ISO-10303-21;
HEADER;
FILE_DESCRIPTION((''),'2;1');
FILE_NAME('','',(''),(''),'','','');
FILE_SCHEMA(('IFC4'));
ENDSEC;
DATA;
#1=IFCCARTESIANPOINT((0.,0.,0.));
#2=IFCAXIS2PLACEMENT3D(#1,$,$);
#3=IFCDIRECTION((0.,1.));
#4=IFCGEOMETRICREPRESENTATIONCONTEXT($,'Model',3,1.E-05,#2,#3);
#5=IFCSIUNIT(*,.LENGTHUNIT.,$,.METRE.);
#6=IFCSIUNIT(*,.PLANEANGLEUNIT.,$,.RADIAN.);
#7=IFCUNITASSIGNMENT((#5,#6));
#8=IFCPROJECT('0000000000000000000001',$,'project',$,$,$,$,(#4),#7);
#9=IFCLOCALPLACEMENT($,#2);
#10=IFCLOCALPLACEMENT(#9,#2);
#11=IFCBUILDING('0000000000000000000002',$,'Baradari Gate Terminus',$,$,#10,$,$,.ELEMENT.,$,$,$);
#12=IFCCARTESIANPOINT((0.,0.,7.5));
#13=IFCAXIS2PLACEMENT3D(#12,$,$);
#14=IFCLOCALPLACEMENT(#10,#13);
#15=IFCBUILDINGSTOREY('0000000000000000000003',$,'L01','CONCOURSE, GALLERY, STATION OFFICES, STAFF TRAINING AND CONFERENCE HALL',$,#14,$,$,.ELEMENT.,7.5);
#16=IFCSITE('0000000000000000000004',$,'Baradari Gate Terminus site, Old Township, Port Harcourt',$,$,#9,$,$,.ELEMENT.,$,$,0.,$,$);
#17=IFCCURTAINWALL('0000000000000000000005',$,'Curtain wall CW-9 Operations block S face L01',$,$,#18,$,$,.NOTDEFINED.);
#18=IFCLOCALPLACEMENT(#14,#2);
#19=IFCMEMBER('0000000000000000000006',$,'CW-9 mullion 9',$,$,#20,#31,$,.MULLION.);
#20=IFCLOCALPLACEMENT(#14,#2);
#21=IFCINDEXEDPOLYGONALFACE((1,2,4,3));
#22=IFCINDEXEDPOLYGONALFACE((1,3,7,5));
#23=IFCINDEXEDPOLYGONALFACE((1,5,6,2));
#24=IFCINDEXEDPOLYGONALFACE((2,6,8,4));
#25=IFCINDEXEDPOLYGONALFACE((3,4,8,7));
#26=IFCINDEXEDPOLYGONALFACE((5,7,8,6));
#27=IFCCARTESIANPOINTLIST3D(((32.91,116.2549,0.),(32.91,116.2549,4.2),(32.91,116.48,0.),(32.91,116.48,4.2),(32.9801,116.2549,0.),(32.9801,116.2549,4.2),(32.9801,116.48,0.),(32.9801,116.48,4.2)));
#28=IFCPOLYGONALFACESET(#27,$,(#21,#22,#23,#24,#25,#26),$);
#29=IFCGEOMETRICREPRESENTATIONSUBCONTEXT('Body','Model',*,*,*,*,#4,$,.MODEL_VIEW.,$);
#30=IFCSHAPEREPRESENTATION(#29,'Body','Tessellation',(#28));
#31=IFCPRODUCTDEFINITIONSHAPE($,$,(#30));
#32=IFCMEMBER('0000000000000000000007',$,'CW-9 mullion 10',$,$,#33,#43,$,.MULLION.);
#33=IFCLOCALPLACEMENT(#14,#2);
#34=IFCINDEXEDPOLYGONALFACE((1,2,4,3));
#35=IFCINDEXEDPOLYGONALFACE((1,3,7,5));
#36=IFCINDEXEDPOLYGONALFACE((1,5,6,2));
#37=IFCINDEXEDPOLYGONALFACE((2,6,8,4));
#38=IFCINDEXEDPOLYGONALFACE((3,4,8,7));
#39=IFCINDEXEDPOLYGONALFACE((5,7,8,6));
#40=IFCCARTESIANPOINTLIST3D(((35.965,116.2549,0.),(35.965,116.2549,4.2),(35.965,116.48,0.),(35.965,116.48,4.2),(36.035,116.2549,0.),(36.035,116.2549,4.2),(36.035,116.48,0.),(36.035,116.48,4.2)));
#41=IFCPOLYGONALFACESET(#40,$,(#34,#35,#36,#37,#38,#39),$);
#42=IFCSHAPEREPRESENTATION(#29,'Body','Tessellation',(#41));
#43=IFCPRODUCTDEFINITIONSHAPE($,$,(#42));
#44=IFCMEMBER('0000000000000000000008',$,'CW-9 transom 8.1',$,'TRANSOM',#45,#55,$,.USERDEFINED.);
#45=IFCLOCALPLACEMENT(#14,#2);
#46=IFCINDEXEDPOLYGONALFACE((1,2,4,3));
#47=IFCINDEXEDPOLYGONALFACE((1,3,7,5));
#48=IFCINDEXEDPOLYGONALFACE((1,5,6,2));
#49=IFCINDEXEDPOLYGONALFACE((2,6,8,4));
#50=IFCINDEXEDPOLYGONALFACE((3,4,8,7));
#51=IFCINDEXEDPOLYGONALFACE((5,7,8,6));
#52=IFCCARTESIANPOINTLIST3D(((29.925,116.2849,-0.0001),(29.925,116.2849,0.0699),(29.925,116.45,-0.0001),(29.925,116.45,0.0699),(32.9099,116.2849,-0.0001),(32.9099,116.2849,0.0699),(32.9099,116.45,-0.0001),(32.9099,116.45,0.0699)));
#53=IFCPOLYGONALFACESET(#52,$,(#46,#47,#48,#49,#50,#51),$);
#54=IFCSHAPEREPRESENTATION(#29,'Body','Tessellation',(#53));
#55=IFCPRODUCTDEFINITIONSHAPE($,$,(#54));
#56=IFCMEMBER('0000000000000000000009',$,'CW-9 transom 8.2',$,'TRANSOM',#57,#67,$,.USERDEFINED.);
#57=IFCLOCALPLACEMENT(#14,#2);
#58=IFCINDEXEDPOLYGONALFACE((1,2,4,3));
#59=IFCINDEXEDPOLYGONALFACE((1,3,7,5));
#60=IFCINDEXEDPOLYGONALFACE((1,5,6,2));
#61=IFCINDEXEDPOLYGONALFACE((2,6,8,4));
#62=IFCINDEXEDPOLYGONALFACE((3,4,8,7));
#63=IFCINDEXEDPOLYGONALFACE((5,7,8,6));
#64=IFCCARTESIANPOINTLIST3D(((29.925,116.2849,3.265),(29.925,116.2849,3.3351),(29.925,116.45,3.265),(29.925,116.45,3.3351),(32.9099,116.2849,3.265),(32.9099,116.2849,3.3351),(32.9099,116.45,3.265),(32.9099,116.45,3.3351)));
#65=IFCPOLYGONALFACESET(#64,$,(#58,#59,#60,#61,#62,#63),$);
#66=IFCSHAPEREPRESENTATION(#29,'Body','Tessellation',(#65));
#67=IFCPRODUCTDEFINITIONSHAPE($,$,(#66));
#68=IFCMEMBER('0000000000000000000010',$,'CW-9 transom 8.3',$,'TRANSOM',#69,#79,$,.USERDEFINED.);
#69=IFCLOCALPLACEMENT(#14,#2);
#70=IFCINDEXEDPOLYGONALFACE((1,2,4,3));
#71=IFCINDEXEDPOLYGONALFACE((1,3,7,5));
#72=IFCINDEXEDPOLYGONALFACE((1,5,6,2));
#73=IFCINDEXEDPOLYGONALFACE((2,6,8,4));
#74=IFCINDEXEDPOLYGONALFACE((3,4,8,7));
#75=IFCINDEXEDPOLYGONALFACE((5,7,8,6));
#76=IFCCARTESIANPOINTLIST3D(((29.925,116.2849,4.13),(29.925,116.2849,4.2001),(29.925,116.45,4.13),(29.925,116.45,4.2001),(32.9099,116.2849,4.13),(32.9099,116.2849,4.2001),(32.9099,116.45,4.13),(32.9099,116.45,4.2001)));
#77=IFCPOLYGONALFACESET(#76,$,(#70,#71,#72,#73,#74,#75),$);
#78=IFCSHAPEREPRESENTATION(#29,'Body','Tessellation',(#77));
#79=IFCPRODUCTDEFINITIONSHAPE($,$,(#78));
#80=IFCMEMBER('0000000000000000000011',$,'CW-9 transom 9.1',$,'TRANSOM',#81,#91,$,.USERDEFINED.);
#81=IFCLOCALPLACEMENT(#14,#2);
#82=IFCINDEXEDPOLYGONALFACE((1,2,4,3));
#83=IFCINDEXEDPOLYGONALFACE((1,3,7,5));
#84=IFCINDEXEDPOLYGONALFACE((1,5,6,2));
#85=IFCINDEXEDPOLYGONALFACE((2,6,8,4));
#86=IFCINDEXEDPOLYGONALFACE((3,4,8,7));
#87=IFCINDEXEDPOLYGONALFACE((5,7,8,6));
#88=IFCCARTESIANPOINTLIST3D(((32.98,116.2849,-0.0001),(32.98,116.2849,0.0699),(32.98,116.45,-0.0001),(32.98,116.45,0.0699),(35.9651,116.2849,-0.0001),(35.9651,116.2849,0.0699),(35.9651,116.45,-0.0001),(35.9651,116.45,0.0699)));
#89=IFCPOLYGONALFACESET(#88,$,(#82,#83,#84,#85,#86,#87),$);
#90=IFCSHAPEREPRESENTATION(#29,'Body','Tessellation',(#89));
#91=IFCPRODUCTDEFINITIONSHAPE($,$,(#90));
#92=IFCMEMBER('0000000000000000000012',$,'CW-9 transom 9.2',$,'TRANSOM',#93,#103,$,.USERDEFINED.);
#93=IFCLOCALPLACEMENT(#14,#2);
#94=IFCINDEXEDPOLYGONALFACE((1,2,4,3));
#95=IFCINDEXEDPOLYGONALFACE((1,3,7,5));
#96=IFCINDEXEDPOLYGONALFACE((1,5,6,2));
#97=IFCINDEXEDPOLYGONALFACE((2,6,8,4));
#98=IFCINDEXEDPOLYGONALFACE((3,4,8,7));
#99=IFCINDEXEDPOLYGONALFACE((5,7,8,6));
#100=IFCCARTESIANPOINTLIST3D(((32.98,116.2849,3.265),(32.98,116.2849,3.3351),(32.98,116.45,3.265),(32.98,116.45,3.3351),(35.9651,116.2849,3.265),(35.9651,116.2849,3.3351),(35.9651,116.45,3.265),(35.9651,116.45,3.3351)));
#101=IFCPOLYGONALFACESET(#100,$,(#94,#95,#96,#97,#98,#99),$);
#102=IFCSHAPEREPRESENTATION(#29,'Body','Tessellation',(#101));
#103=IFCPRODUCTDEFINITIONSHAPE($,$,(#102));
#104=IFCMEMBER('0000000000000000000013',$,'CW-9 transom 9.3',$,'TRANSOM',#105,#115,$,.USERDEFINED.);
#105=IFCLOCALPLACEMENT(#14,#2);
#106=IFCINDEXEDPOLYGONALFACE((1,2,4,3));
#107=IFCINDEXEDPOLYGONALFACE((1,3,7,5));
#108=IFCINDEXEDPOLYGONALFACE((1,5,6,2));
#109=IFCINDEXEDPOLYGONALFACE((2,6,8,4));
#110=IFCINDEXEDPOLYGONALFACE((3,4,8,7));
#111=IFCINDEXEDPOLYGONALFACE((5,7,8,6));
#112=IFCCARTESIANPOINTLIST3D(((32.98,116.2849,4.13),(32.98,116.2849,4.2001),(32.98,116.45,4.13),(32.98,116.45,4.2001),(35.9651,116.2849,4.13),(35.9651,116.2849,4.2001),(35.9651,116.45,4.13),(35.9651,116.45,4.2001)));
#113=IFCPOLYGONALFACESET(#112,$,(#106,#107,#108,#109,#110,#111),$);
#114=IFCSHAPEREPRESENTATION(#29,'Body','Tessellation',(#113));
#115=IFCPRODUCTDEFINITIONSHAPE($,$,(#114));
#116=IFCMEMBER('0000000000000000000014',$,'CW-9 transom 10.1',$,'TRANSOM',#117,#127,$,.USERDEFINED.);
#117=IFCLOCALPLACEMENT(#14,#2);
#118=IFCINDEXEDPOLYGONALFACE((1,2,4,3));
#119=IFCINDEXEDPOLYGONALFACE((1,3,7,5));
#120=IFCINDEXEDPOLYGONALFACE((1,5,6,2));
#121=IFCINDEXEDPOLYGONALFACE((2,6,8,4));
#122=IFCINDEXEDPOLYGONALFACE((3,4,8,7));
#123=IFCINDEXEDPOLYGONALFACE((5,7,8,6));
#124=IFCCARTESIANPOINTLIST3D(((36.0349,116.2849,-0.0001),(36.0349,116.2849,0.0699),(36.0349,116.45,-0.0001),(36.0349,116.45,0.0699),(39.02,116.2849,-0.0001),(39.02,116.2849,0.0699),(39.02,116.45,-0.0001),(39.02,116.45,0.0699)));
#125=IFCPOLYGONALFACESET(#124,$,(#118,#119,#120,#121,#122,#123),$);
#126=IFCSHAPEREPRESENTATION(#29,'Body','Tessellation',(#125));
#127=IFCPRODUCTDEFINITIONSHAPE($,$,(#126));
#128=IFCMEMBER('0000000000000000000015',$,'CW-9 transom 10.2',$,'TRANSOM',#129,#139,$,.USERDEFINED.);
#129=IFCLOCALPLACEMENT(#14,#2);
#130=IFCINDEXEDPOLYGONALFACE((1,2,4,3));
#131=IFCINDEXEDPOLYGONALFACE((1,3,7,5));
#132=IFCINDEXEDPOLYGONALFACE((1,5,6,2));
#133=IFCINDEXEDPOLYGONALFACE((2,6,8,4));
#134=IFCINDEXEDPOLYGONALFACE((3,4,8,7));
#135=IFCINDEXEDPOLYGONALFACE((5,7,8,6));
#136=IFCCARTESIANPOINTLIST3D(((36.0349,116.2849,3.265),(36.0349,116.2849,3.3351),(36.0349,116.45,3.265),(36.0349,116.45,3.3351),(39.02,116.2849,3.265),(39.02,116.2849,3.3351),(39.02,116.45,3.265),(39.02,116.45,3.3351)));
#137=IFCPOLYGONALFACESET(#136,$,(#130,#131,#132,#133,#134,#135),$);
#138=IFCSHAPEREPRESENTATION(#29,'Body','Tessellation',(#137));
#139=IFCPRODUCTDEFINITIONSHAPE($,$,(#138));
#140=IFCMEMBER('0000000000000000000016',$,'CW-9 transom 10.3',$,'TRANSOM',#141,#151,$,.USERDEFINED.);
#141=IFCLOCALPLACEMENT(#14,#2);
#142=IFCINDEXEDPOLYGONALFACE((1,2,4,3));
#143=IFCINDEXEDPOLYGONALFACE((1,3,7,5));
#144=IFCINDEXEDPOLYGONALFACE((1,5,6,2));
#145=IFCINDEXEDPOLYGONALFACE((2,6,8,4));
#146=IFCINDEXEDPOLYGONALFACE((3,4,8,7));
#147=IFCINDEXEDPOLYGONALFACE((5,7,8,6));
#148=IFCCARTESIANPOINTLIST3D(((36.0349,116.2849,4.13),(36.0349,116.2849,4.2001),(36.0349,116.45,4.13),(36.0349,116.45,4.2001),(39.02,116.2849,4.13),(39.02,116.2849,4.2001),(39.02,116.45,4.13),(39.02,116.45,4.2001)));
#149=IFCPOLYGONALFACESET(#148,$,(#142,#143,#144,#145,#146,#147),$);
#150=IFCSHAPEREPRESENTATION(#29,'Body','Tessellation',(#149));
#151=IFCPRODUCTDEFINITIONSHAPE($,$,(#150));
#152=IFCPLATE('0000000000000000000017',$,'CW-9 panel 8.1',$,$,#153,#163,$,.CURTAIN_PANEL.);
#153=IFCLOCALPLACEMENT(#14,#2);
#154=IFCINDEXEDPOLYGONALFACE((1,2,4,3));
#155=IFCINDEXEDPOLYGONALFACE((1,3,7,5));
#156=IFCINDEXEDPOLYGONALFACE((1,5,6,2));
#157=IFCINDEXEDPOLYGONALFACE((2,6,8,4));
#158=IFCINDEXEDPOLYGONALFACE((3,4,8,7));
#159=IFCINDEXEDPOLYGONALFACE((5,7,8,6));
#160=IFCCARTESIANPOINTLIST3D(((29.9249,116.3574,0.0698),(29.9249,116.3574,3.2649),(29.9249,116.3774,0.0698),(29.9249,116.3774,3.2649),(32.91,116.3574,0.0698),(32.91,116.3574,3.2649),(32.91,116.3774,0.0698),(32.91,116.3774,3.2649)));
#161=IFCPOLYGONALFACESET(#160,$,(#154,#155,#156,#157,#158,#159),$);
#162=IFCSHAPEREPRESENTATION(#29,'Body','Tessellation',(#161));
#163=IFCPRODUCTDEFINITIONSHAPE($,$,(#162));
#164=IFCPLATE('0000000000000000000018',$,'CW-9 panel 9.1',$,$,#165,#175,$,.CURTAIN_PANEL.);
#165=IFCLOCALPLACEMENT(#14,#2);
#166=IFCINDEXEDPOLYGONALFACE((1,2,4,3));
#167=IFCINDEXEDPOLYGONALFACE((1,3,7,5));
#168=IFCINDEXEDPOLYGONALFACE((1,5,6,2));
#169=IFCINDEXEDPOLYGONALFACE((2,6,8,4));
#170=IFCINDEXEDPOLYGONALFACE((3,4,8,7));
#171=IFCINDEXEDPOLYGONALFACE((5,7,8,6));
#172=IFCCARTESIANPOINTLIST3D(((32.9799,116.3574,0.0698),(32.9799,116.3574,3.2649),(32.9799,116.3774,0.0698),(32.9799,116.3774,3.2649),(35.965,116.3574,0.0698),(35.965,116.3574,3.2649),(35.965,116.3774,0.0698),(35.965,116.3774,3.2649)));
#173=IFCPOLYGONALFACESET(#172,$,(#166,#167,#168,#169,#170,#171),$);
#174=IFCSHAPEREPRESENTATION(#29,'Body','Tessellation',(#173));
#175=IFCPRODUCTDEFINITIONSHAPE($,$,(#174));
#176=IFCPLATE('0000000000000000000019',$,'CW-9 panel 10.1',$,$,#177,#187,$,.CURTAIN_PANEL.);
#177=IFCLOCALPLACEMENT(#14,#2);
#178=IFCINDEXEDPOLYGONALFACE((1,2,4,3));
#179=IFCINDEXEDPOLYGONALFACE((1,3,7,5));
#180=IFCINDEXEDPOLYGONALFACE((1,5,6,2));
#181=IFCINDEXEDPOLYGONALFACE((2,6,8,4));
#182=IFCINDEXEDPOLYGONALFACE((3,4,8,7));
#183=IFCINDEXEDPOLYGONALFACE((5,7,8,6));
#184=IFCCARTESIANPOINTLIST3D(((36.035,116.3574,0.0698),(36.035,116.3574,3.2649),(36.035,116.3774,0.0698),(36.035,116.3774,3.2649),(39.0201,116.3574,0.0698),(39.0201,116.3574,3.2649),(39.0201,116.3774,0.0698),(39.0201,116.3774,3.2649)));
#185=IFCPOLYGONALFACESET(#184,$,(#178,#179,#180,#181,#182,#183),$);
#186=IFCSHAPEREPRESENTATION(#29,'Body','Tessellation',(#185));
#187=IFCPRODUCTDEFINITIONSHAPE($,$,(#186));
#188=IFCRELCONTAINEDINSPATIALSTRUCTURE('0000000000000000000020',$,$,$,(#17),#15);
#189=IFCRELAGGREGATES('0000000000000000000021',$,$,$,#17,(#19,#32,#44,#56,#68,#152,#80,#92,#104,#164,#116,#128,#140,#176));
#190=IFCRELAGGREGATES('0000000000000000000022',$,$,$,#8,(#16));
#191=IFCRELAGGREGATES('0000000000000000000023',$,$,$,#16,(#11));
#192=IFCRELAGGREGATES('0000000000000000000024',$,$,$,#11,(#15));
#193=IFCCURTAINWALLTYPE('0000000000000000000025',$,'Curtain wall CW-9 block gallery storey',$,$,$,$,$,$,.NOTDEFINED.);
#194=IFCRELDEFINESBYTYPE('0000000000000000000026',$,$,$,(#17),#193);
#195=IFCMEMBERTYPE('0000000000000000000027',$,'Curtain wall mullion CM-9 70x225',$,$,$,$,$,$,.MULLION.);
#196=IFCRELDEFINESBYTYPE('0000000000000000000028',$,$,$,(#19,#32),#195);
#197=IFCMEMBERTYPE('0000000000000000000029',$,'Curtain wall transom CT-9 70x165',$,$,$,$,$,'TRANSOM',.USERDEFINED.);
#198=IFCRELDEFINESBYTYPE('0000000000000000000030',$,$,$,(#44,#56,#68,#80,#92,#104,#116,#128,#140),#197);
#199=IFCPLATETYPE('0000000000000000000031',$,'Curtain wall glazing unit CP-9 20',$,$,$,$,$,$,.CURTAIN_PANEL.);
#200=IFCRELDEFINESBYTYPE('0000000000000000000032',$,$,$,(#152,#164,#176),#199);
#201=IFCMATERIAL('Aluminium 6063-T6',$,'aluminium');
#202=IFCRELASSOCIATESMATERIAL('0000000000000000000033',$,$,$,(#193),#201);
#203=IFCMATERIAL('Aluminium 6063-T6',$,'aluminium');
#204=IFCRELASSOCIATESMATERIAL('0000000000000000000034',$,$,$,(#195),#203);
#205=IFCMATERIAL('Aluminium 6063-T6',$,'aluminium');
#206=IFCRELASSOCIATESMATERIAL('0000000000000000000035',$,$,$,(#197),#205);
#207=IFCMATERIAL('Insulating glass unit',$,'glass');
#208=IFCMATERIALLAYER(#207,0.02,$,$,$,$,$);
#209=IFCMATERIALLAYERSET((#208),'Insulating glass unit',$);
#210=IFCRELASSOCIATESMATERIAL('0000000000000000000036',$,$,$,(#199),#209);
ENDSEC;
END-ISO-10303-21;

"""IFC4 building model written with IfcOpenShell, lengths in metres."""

from ifc_helpers import new_model, si_unit, direction, frame, origin, origin_2d, place, context, subcontext, project, spatial, rectangle, extrude, material, layer, layer_set, material_profile, profile_set, type_object, element, aggregate, save


model = new_model("IFC4")

# Units and contexts
model_context = context("Model", 3, precision=1e-05, world=origin(), true_north=direction((0.0, 1.0)))
body_context = subcontext(model_context, "Body", "Model", "MODEL_VIEW")
ifc_project = project(units=[si_unit("LENGTHUNIT", "METRE"), si_unit("PLANEANGLEUNIT", "RADIAN")], contexts=[model_context])

# Site, building, storey
site_placement = place(None, origin())
site = spatial("IfcSite", under=ifc_project, at=site_placement, Name="Baradari Gate Terminus site, Old Township, Port Harcourt", CompositionType="ELEMENT", RefElevation=0.0)
building_placement = place(site_placement, origin())
building = spatial("IfcBuilding", under=site, at=building_placement, Name="Baradari Gate Terminus", CompositionType="ELEMENT")
storey_placement = place(building_placement, frame((0.0, 0.0, 7.5)))
storey = spatial("IfcBuildingStorey", under=building, at=storey_placement, Name="L01", Description="CONCOURSE, GALLERY, STATION OFFICES, STAFF TRAINING AND CONFERENCE HALL", CompositionType="ELEMENT", Elevation=7.5)

# Curtain wall, members, plates
ifc_material_1 = material(Name="Aluminium 6063-T6", Category="aluminium")
curtain_wall_type = type_object("IfcCurtainWallType", Name="Curtain wall CW-9 block gallery storey", PredefinedType="NOTDEFINED", material=ifc_material_1)
curtain_wall_placement = place(storey_placement, origin())
curtain_wall = element("IfcCurtainWall", 1, at=curtain_wall_placement, inside=storey, type_object=curtain_wall_type, Name="Curtain wall CW-9 Operations block S face L01", PredefinedType="NOTDEFINED")
ifc_material_2 = material(Name="Aluminium 6063-T6", Category="aluminium")
ifc_material_profile_1 = material_profile(ifc_material_2, rectangle(XDim=0.2251, YDim=0.0701, at=origin_2d()), Name="CM-9 70X225")
ifc_profile_set_1 = profile_set([ifc_material_profile_1], Name="Aluminium 6063-T6")
member_type_1 = type_object("IfcMemberType", Name="Curtain wall mullion CM-9 70x225", PredefinedType="MULLION", material=ifc_profile_set_1)
member_1_placement = place(storey_placement, frame((32.9451, 116.3674, 0.0), z_axis=(0.0, 0.0, 1.0), x_axis=(0.0, 1.0, 0.0)))
member_1 = element("IfcMember", 2, at=member_1_placement, type_object=member_type_1, Name="CW-9 mullion 9", PredefinedType="MULLION", context=body_context, shape_type="SweptSolid", body=[
    extrude(rectangle(XDim=0.2251, YDim=0.0701, at=origin_2d()), origin(), (0.0, 0.0, 1.0), 4.2),
])
member_2_placement = place(storey_placement, frame((36.0, 116.3674, 0.0), z_axis=(0.0, 0.0, 1.0), x_axis=(0.0, 1.0, 0.0)))
member_2 = element("IfcMember", 3, at=member_2_placement, type_object=member_type_1, Name="CW-9 mullion 10", PredefinedType="MULLION", context=body_context, shape_type="SweptSolid", body=[
    extrude(rectangle(XDim=0.2251, YDim=0.0701, at=origin_2d()), origin(), (0.0, 0.0, 1.0), 4.2),
])
ifc_material_3 = material(Name="Aluminium 6063-T6", Category="aluminium")
ifc_material_profile_2 = material_profile(ifc_material_3, rectangle(XDim=0.165, YDim=0.0701, at=origin_2d()), Name="CT-9 70X165")
ifc_profile_set_2 = profile_set([ifc_material_profile_2], Name="Aluminium 6063-T6")
member_type_2 = type_object("IfcMemberType", Name="Curtain wall transom CT-9 70x165", ElementType="TRANSOM", PredefinedType="USERDEFINED", material=ifc_profile_set_2)
member_3_placement = place(storey_placement, frame((29.925, 116.3674, 0.0349), z_axis=(1.0, 0.0, 0.0), x_axis=(0.0, 1.0, 0.0)))
member_3 = element("IfcMember", 4, at=member_3_placement, type_object=member_type_2, Name="CW-9 transom 8.1", ObjectType="TRANSOM", PredefinedType="USERDEFINED", context=body_context, shape_type="SweptSolid", body=[
    extrude(rectangle(XDim=0.165, YDim=0.0701, at=origin_2d()), origin(), (0.0, 0.0, 1.0), 2.9849),
])
member_4_placement = place(storey_placement, frame((29.925, 116.3674, 3.3), z_axis=(1.0, 0.0, 0.0), x_axis=(0.0, 1.0, 0.0)))
member_4 = element("IfcMember", 5, at=member_4_placement, type_object=member_type_2, Name="CW-9 transom 8.2", ObjectType="TRANSOM", PredefinedType="USERDEFINED", context=body_context, shape_type="SweptSolid", body=[
    extrude(rectangle(XDim=0.165, YDim=0.0701, at=origin_2d()), origin(), (0.0, 0.0, 1.0), 2.9849),
])
member_5_placement = place(storey_placement, frame((29.925, 116.3674, 4.165), z_axis=(1.0, 0.0, 0.0), x_axis=(0.0, 1.0, 0.0)))
member_5 = element("IfcMember", 6, at=member_5_placement, type_object=member_type_2, Name="CW-9 transom 8.3", ObjectType="TRANSOM", PredefinedType="USERDEFINED", context=body_context, shape_type="SweptSolid", body=[
    extrude(rectangle(XDim=0.165, YDim=0.0701, at=origin_2d()), origin(), (0.0, 0.0, 1.0), 2.9849),
])
member_6_placement = place(storey_placement, frame((32.98, 116.3674, 0.0349), z_axis=(1.0, 0.0, 0.0), x_axis=(0.0, 1.0, 0.0)))
member_6 = element("IfcMember", 7, at=member_6_placement, type_object=member_type_2, Name="CW-9 transom 9.1", ObjectType="TRANSOM", PredefinedType="USERDEFINED", context=body_context, shape_type="SweptSolid", body=[
    extrude(rectangle(XDim=0.165, YDim=0.0701, at=origin_2d()), origin(), (0.0, 0.0, 1.0), 2.9851),
])
member_7_placement = place(storey_placement, frame((32.98, 116.3674, 3.3), z_axis=(1.0, 0.0, 0.0), x_axis=(0.0, 1.0, 0.0)))
member_7 = element("IfcMember", 8, at=member_7_placement, type_object=member_type_2, Name="CW-9 transom 9.2", ObjectType="TRANSOM", PredefinedType="USERDEFINED", context=body_context, shape_type="SweptSolid", body=[
    extrude(rectangle(XDim=0.165, YDim=0.0701, at=origin_2d()), origin(), (0.0, 0.0, 1.0), 2.9851),
])
member_8_placement = place(storey_placement, frame((32.98, 116.3674, 4.165), z_axis=(1.0, 0.0, 0.0), x_axis=(0.0, 1.0, 0.0)))
member_8 = element("IfcMember", 9, at=member_8_placement, type_object=member_type_2, Name="CW-9 transom 9.3", ObjectType="TRANSOM", PredefinedType="USERDEFINED", context=body_context, shape_type="SweptSolid", body=[
    extrude(rectangle(XDim=0.165, YDim=0.0701, at=origin_2d()), origin(), (0.0, 0.0, 1.0), 2.9851),
])
member_9_placement = place(storey_placement, frame((36.0349, 116.3674, 0.0349), z_axis=(1.0, 0.0, 0.0), x_axis=(0.0, 1.0, 0.0)))
member_9 = element("IfcMember", 10, at=member_9_placement, type_object=member_type_2, Name="CW-9 transom 10.1", ObjectType="TRANSOM", PredefinedType="USERDEFINED", context=body_context, shape_type="SweptSolid", body=[
    extrude(rectangle(XDim=0.165, YDim=0.0701, at=origin_2d()), origin(), (0.0, 0.0, 1.0), 2.9851),
])
member_10_placement = place(storey_placement, frame((36.0349, 116.3674, 3.3), z_axis=(1.0, 0.0, 0.0), x_axis=(0.0, 1.0, 0.0)))
member_10 = element("IfcMember", 11, at=member_10_placement, type_object=member_type_2, Name="CW-9 transom 10.2", ObjectType="TRANSOM", PredefinedType="USERDEFINED", context=body_context, shape_type="SweptSolid", body=[
    extrude(rectangle(XDim=0.165, YDim=0.0701, at=origin_2d()), origin(), (0.0, 0.0, 1.0), 2.9851),
])
member_11_placement = place(storey_placement, frame((36.0349, 116.3674, 4.165), z_axis=(1.0, 0.0, 0.0), x_axis=(0.0, 1.0, 0.0)))
member_11 = element("IfcMember", 12, at=member_11_placement, type_object=member_type_2, Name="CW-9 transom 10.3", ObjectType="TRANSOM", PredefinedType="USERDEFINED", context=body_context, shape_type="SweptSolid", body=[
    extrude(rectangle(XDim=0.165, YDim=0.0701, at=origin_2d()), origin(), (0.0, 0.0, 1.0), 2.9851),
])
ifc_material_4 = material(Name="Insulating glass unit", Category="glass")
ifc_layer_1 = layer(ifc_material_4, 0.02)
ifc_layer_set_1 = layer_set([ifc_layer_1], Name="Insulating glass unit")
plate_type_1 = type_object("IfcPlateType", Name="Curtain wall glazing unit CP-9 20", PredefinedType="CURTAIN_PANEL", material=ifc_layer_set_1)
plate_1_placement = place(storey_placement, frame((31.4175, 116.3674, 0.0698), z_axis=(0.0, 0.0, 1.0), x_axis=(1.0, 0.0, 0.0)))
plate_1 = element("IfcPlate", 13, at=plate_1_placement, type_object=plate_type_1, Name="CW-9 panel 8.1", PredefinedType="CURTAIN_PANEL", context=body_context, shape_type="SweptSolid", body=[
    extrude(rectangle(XDim=2.9851, YDim=0.02, at=origin_2d()), origin(), (0.0, 0.0, 1.0), 3.1951),
])
plate_2_placement = place(storey_placement, frame((34.4724, 116.3674, 0.0698), z_axis=(0.0, 0.0, 1.0), x_axis=(1.0, 0.0, 0.0)))
plate_2 = element("IfcPlate", 14, at=plate_2_placement, type_object=plate_type_1, Name="CW-9 panel 9.1", PredefinedType="CURTAIN_PANEL", context=body_context, shape_type="SweptSolid", body=[
    extrude(rectangle(XDim=2.9851, YDim=0.02, at=origin_2d()), origin(), (0.0, 0.0, 1.0), 3.1951),
])
plate_3_placement = place(storey_placement, frame((37.5276, 116.3674, 0.0698), z_axis=(0.0, 0.0, 1.0), x_axis=(1.0, 0.0, 0.0)))
plate_3 = element("IfcPlate", 15, at=plate_3_placement, type_object=plate_type_1, Name="CW-9 panel 10.1", PredefinedType="CURTAIN_PANEL", context=body_context, shape_type="SweptSolid", body=[
    extrude(rectangle(XDim=2.9851, YDim=0.02, at=origin_2d()), origin(), (0.0, 0.0, 1.0), 3.1951),
])
aggregate(curtain_wall, [member_1, member_2, member_3, member_4, member_5, plate_1, member_6, member_7, member_8, plate_2, member_9, member_10, member_11, plate_3])

save(model, "model.ifc")
